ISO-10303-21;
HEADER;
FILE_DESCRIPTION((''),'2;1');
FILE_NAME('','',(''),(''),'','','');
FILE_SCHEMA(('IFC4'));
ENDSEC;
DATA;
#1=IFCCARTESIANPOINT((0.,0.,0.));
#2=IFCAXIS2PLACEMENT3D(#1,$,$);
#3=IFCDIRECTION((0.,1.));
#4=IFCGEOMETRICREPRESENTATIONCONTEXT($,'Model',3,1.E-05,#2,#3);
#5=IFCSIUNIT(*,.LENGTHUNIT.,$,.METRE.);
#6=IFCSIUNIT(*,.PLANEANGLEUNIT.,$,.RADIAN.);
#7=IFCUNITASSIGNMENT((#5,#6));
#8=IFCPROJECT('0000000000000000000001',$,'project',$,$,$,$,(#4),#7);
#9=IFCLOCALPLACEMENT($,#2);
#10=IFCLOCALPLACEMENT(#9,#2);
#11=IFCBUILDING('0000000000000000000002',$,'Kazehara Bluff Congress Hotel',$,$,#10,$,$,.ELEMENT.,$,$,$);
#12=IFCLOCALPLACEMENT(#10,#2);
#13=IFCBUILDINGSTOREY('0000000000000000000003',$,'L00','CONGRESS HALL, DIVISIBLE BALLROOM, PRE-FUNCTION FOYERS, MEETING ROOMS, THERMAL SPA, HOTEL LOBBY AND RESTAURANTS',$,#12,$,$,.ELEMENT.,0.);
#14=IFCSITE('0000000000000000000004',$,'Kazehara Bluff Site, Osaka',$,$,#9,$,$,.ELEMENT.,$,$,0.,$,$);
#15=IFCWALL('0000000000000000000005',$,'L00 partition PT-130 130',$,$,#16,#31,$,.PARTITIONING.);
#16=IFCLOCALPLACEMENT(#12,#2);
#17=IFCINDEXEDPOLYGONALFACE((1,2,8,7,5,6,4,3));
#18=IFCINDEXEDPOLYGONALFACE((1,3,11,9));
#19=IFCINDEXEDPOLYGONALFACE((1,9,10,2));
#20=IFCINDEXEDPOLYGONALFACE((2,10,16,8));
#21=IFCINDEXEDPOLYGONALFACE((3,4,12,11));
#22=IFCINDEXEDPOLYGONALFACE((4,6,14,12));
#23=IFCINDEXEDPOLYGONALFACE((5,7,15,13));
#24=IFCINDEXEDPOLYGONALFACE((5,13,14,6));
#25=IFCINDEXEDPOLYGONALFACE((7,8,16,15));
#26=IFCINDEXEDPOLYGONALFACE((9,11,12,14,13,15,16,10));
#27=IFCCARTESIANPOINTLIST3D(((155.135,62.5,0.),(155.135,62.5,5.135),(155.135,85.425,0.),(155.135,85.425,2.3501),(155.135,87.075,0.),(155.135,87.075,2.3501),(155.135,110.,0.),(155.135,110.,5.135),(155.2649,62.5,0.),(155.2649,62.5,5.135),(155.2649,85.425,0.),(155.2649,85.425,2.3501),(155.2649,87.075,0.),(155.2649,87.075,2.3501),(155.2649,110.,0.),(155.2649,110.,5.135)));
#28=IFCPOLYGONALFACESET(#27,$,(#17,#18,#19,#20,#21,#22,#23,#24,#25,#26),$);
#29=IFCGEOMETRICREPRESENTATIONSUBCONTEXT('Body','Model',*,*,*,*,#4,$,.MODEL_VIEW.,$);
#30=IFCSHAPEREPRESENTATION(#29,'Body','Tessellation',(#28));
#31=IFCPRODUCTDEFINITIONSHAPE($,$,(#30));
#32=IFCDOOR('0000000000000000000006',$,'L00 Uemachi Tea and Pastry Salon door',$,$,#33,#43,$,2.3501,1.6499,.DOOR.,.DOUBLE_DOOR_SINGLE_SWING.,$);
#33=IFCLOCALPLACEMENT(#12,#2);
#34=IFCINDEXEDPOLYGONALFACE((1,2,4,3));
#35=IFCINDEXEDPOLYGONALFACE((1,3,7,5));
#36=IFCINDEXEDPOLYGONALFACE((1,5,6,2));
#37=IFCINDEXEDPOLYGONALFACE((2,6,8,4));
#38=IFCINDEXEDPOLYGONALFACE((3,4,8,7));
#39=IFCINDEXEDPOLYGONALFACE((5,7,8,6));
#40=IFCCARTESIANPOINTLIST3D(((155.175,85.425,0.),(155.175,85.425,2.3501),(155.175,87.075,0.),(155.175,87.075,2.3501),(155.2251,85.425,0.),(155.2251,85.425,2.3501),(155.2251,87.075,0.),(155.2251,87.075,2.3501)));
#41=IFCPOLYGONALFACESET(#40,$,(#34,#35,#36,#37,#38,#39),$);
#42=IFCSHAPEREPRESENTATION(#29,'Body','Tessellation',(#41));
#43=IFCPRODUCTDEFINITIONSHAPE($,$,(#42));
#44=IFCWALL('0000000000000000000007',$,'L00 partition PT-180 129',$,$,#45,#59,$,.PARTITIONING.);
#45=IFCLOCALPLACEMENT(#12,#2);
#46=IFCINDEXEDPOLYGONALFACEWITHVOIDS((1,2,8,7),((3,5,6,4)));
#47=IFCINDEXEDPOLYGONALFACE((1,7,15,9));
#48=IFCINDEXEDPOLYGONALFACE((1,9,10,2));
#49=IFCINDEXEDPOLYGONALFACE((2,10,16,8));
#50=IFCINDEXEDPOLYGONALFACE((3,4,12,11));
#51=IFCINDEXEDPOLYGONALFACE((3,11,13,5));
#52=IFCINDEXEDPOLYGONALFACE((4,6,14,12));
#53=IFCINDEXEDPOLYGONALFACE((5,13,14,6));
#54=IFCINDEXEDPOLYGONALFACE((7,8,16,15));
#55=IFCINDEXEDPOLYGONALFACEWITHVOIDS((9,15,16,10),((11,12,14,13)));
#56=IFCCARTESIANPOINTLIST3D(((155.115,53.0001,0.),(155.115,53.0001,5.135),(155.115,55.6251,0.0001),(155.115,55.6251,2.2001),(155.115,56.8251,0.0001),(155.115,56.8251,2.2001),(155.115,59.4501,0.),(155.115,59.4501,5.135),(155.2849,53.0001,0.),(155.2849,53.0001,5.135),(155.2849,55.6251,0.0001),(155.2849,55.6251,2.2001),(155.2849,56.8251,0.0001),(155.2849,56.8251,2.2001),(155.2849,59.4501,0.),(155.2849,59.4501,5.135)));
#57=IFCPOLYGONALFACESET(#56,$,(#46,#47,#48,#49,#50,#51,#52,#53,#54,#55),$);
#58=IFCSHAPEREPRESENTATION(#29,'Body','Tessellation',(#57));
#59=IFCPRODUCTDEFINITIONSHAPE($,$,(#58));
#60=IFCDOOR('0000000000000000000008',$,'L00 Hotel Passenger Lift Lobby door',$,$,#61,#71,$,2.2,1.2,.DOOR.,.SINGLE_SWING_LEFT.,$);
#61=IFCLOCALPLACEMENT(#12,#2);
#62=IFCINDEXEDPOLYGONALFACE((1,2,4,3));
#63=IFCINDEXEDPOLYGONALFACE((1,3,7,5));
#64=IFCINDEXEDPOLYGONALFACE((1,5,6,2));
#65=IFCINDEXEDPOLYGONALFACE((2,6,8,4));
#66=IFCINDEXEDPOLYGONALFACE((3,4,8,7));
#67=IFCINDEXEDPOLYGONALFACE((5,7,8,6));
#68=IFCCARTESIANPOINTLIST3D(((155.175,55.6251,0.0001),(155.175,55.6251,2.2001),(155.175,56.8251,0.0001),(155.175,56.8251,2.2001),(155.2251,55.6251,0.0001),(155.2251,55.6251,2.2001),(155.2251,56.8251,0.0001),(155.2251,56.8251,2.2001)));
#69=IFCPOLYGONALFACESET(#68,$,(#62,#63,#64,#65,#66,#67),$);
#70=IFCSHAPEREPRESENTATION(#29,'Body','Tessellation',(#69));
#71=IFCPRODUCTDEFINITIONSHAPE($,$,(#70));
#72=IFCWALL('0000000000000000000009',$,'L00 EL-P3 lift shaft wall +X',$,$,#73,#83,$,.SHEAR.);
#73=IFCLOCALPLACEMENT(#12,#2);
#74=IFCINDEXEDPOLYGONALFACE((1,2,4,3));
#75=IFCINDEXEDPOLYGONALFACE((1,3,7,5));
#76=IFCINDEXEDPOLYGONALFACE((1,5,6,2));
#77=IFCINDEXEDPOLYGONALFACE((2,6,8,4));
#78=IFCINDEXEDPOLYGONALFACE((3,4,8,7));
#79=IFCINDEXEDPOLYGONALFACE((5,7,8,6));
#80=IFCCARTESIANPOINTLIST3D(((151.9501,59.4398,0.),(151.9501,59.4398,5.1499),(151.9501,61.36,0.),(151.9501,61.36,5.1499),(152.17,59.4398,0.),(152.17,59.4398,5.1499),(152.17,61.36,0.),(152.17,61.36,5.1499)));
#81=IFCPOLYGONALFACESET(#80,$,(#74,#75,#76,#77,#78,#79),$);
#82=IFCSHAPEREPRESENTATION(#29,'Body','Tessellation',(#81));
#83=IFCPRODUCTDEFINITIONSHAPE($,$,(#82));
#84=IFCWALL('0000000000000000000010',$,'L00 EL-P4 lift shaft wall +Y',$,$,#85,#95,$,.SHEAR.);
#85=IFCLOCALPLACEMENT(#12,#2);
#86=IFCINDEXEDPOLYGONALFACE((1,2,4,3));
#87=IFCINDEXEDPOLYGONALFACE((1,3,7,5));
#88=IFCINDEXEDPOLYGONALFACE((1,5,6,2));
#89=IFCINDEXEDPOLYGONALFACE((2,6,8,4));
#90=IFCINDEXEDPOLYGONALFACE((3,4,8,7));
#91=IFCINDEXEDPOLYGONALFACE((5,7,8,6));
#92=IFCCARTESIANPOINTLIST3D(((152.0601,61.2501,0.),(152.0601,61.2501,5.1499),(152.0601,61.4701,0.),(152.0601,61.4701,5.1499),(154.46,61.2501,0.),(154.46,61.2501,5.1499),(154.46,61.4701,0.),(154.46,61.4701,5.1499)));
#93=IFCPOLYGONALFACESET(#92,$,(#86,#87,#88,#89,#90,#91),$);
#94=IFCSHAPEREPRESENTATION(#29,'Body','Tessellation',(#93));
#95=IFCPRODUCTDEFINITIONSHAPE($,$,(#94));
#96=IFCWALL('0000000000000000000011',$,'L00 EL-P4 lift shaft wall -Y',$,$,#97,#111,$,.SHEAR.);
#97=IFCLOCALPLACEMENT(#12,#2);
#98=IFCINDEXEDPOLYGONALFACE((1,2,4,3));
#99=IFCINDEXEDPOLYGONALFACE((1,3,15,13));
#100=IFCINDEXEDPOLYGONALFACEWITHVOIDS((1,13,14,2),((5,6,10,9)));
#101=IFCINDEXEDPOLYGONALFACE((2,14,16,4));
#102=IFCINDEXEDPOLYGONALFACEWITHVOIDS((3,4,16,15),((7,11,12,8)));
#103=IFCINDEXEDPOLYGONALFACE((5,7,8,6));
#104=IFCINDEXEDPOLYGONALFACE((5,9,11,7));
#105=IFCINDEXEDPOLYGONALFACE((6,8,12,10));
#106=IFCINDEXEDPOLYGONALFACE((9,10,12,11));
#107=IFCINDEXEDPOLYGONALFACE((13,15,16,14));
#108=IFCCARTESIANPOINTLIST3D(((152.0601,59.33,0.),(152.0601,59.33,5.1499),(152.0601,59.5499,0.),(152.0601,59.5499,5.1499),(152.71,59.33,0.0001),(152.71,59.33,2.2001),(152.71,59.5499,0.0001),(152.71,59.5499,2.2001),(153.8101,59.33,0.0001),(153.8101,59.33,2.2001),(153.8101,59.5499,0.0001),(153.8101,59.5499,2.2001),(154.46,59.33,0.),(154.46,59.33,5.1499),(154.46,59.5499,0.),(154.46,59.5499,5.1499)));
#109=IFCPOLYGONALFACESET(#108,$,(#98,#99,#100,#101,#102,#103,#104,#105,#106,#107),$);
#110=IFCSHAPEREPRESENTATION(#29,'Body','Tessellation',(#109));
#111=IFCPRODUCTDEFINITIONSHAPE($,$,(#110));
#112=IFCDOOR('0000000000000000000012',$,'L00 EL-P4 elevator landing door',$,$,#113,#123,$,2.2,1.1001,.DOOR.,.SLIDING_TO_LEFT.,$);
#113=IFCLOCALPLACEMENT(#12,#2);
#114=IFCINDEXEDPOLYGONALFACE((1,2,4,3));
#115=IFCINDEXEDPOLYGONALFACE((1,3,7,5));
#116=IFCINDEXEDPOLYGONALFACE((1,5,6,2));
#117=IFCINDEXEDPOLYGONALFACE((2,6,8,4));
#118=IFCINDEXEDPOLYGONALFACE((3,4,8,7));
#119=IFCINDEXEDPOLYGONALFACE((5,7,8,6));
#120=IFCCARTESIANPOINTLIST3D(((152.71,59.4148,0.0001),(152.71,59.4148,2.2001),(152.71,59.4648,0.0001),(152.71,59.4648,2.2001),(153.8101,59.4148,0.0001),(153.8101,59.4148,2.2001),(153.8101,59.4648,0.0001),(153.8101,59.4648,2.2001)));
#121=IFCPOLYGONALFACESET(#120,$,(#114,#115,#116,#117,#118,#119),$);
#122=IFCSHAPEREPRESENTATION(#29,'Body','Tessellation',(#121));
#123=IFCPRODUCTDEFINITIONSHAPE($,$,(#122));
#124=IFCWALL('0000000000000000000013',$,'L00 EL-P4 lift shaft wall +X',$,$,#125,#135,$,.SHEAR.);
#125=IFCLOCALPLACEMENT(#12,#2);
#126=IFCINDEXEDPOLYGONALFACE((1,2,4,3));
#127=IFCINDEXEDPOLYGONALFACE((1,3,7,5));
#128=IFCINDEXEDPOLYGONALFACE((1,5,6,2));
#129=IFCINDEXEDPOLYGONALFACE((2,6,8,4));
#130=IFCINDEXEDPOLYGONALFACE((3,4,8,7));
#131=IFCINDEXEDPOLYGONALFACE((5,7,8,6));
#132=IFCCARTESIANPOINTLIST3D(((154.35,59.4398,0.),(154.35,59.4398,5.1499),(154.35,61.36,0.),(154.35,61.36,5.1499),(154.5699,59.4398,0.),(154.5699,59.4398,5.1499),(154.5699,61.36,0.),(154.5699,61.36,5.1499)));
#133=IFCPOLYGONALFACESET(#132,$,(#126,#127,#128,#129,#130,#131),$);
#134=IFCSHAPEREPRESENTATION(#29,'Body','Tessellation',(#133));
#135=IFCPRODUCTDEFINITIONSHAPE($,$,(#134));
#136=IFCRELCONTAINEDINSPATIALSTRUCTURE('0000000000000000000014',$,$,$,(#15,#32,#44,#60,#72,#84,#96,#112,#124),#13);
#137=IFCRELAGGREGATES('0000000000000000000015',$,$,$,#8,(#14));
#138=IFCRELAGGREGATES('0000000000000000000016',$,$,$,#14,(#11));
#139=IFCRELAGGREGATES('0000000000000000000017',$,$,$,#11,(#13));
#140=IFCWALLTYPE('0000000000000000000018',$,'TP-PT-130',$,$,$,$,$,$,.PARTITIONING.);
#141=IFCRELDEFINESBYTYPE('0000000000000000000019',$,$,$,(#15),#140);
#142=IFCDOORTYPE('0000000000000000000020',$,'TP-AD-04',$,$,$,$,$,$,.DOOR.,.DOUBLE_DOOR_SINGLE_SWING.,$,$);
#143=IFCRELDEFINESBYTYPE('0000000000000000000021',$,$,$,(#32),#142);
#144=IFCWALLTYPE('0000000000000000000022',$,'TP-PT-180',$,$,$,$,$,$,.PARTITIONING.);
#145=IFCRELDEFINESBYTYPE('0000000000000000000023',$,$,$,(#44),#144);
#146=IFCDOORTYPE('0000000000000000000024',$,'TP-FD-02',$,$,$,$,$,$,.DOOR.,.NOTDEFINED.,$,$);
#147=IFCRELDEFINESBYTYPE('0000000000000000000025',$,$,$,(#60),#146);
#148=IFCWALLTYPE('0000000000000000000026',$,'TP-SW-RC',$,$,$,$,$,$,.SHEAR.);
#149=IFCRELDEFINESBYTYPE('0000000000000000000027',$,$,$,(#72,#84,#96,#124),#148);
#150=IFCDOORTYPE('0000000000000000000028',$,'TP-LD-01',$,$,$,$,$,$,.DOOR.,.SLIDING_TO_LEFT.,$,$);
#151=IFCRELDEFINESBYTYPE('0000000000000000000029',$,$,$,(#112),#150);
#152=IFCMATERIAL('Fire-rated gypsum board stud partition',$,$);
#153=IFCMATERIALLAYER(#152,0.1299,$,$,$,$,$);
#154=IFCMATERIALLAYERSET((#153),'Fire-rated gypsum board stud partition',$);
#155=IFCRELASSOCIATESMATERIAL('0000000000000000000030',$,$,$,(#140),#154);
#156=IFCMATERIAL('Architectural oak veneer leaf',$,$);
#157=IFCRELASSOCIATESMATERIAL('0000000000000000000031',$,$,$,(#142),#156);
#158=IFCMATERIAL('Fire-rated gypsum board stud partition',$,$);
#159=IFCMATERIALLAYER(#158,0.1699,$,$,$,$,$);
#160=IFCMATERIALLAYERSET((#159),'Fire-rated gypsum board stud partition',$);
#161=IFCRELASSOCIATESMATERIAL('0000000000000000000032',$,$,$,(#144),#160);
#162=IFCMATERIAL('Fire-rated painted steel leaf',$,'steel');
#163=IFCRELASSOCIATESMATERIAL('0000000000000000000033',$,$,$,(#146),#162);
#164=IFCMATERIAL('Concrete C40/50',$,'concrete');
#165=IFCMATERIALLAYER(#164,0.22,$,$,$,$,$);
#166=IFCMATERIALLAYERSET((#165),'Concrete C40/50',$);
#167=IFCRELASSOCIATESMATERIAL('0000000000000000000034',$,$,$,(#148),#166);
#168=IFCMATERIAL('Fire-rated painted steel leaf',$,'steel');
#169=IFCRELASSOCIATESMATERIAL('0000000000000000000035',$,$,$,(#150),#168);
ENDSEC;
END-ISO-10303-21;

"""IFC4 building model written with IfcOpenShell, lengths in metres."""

from ifc_helpers import new_model, si_unit, direction, frame, frame_2d, origin, place, context, subcontext, project, spatial, rectangle, extrude, material, layer, layer_set, type_object, element, fill, save


model = new_model("IFC4")

# Units and contexts
model_context = context("Model", 3, precision=1e-05, world=origin(), true_north=direction((0.0, 1.0)))
body_context = subcontext(model_context, "Body", "Model", "MODEL_VIEW")
ifc_project = project(units=[si_unit("LENGTHUNIT", "METRE"), si_unit("PLANEANGLEUNIT", "RADIAN")], contexts=[model_context])

# Site, building, storey
site_placement = place(None, origin())
site = spatial("IfcSite", under=ifc_project, at=site_placement, Name="Kazehara Bluff Site, Osaka", CompositionType="ELEMENT", RefElevation=0.0)
building_placement = place(site_placement, origin())
building = spatial("IfcBuilding", under=site, at=building_placement, Name="Kazehara Bluff Congress Hotel", CompositionType="ELEMENT")
storey_placement = place(building_placement, origin())
storey = spatial("IfcBuildingStorey", under=building, at=storey_placement, Name="L00", Description="CONGRESS HALL, DIVISIBLE BALLROOM, PRE-FUNCTION FOYERS, MEETING ROOMS, THERMAL SPA, HOTEL LOBBY AND RESTAURANTS", CompositionType="ELEMENT", Elevation=0.0)

# Walls, openings, doors
ifc_material_1 = material(Name="Fire-rated gypsum board stud partition")
ifc_layer_1 = layer(ifc_material_1, 0.1299)
ifc_layer_set_1 = layer_set([ifc_layer_1], Name="Fire-rated gypsum board stud partition")
wall_type_1 = type_object("IfcWallType", Name="TP-PT-130", PredefinedType="PARTITIONING", material=ifc_layer_set_1)
wall_1_placement = place(storey_placement, frame((155.2, 62.5, 0.0), z_axis=(0.0, 0.0, 1.0), x_axis=(0.0, 1.0, 0.0)))
wall_1 = element("IfcWall", 1, at=wall_1_placement, inside=storey, type_object=wall_type_1, Name="L00 partition PT-130 130", PredefinedType="PARTITIONING", context=body_context, shape_type="SweptSolid", body=[
    extrude(rectangle(XDim=47.5, YDim=0.1299, at=frame_2d((23.75, 0.0))), origin(), (0.0, 0.0, 1.0), 5.135),
])
opening_1_placement = place(wall_1_placement, frame((22.925, 0.0, 0.0)))
opening_1 = element("IfcOpeningElement", 2, at=opening_1_placement, cuts=wall_1, PredefinedType="OPENING", context=body_context, shape_type="SweptSolid", body=[
    extrude(rectangle(XDim=1.6499, YDim=2.3501, at=frame_2d((0.825, 1.175))), frame((0.0, 0.075, 0.0), z_axis=(0.0, -1.0, 0.0), x_axis=(1.0, 0.0, 0.0)), (0.0, 0.0, 1.0), 0.1499),
])
ifc_material_2 = material(Name="Architectural oak veneer leaf")
door_type_1 = type_object("IfcDoorType", Name="TP-AD-04", OperationType="DOUBLE_DOOR_SINGLE_SWING", PredefinedType="DOOR", material=ifc_material_2)
door_1_placement = place(opening_1_placement, origin())
door_1 = element("IfcDoor", 3, at=door_1_placement, inside=storey, type_object=door_type_1, Name="L00 Uemachi Tea and Pastry Salon door", OperationType="DOUBLE_DOOR_SINGLE_SWING", OverallHeight=2.3501, OverallWidth=1.6499, PredefinedType="DOOR", context=body_context, shape_type="SweptSolid", body=[
    extrude(rectangle(XDim=1.6499, YDim=2.3501, at=frame_2d((0.825, 1.175))), frame((0.0, 0.0249, 0.0), z_axis=(0.0, -1.0, 0.0), x_axis=(1.0, 0.0, 0.0)), (0.0, 0.0, 1.0), 0.05),
])
fill(opening_1, door_1)
ifc_material_3 = material(Name="Fire-rated gypsum board stud partition")
ifc_layer_2 = layer(ifc_material_3, 0.1699)
ifc_layer_set_2 = layer_set([ifc_layer_2], Name="Fire-rated gypsum board stud partition")
wall_type_2 = type_object("IfcWallType", Name="TP-PT-180", PredefinedType="PARTITIONING", material=ifc_layer_set_2)
wall_2_placement = place(storey_placement, frame((155.2, 53.0, 0.0), z_axis=(0.0, 0.0, 1.0), x_axis=(0.0, 1.0, 0.0)))
wall_2 = element("IfcWall", 4, at=wall_2_placement, inside=storey, type_object=wall_type_2, Name="L00 partition PT-180 129", PredefinedType="PARTITIONING", context=body_context, shape_type="SweptSolid", body=[
    extrude(rectangle(XDim=6.45, YDim=0.1699, at=frame_2d((3.2251, 0.0))), origin(), (0.0, 0.0, 1.0), 5.135),
])
opening_2_placement = place(wall_2_placement, frame((2.625, 0.0, 0.0)))
opening_2 = element("IfcOpeningElement", 5, at=opening_2_placement, cuts=wall_2, PredefinedType="OPENING", context=body_context, shape_type="SweptSolid", body=[
    extrude(rectangle(XDim=1.2, YDim=2.2, at=frame_2d((0.6001, 1.1001))), frame((0.0, 0.095, 0.0), z_axis=(0.0, -1.0, 0.0), x_axis=(1.0, 0.0, 0.0)), (0.0, 0.0, 1.0), 0.1899),
])
ifc_material_4 = material(Name="Fire-rated painted steel leaf", Category="steel")
door_type_2 = type_object("IfcDoorType", Name="TP-FD-02", OperationType="NOTDEFINED", PredefinedType="DOOR", material=ifc_material_4)
door_2_placement = place(opening_2_placement, origin())
door_2 = element("IfcDoor", 6, at=door_2_placement, inside=storey, type_object=door_type_2, Name="L00 Hotel Passenger Lift Lobby door", OperationType="SINGLE_SWING_LEFT", OverallHeight=2.2, OverallWidth=1.2, PredefinedType="DOOR", context=body_context, shape_type="SweptSolid", body=[
    extrude(rectangle(XDim=1.2, YDim=2.2, at=frame_2d((0.6001, 1.1001))), frame((0.0, 0.0249, 0.0), z_axis=(0.0, -1.0, 0.0), x_axis=(1.0, 0.0, 0.0)), (0.0, 0.0, 1.0), 0.05),
])
fill(opening_2, door_2)

# Walls
ifc_material_5 = material(Name="Concrete C40/50", Category="concrete")
ifc_layer_3 = layer(ifc_material_5, 0.22)
ifc_layer_set_3 = layer_set([ifc_layer_3], Name="Concrete C40/50")
wall_type_3 = type_object("IfcWallType", Name="TP-SW-RC", PredefinedType="SHEAR", material=ifc_layer_set_3)
wall_3_placement = place(storey_placement, frame((152.0601, 59.4399, 0.0), z_axis=(0.0, 0.0, 1.0), x_axis=(0.0, 1.0, 0.0)))
element("IfcWall", 7, at=wall_3_placement, inside=storey, type_object=wall_type_3, Name="L00 EL-P3 lift shaft wall +X", PredefinedType="SHEAR", context=body_context, shape_type="SweptSolid", body=[
    extrude(rectangle(XDim=1.9202, YDim=0.22, at=frame_2d((0.96, 0.0))), origin(), (0.0, 0.0, 1.0), 5.1499),
])
wall_4_placement = place(storey_placement, frame((152.0601, 61.3601, 0.0), z_axis=(0.0, 0.0, 1.0), x_axis=(1.0, 0.0, 0.0)))
element("IfcWall", 8, at=wall_4_placement, inside=storey, type_object=wall_type_3, Name="L00 EL-P4 lift shaft wall +Y", PredefinedType="SHEAR", context=body_context, shape_type="SweptSolid", body=[
    extrude(rectangle(XDim=2.3999, YDim=0.22, at=frame_2d((1.2, 0.0))), origin(), (0.0, 0.0, 1.0), 5.1499),
])

# Wall, opening, door
wall_5_placement = place(storey_placement, frame((152.0601, 59.4399, 0.0), z_axis=(0.0, 0.0, 1.0), x_axis=(1.0, 0.0, 0.0)))
wall_5 = element("IfcWall", 9, at=wall_5_placement, inside=storey, type_object=wall_type_3, Name="L00 EL-P4 lift shaft wall -Y", PredefinedType="SHEAR", context=body_context, shape_type="SweptSolid", body=[
    extrude(rectangle(XDim=2.3999, YDim=0.22, at=frame_2d((1.2, 0.0))), origin(), (0.0, 0.0, 1.0), 5.1499),
])
opening_3_placement = place(wall_5_placement, frame((0.6499, 0.0, 0.0)))
opening_3 = element("IfcOpeningElement", 10, at=opening_3_placement, cuts=wall_5, PredefinedType="OPENING", context=body_context, shape_type="SweptSolid", body=[
    extrude(rectangle(XDim=1.1001, YDim=2.2, at=frame_2d((0.55, 1.1001))), frame((0.0, 0.1199, 0.0), z_axis=(0.0, -1.0, 0.0), x_axis=(1.0, 0.0, 0.0)), (0.0, 0.0, 1.0), 0.24),
])
ifc_material_6 = material(Name="Fire-rated painted steel leaf", Category="steel")
door_type_3 = type_object("IfcDoorType", Name="TP-LD-01", OperationType="SLIDING_TO_LEFT", PredefinedType="DOOR", material=ifc_material_6)
door_3_placement = place(opening_3_placement, origin())
door_3 = element("IfcDoor", 11, at=door_3_placement, inside=storey, type_object=door_type_3, Name="L00 EL-P4 elevator landing door", OperationType="SLIDING_TO_LEFT", OverallHeight=2.2, OverallWidth=1.1001, PredefinedType="DOOR", context=body_context, shape_type="SweptSolid", body=[
    extrude(rectangle(XDim=1.1001, YDim=2.2, at=frame_2d((0.55, 1.1001))), frame((0.0, 0.0249, 0.0), z_axis=(0.0, -1.0, 0.0), x_axis=(1.0, 0.0, 0.0)), (0.0, 0.0, 1.0), 0.05),
])
fill(opening_3, door_3)

# Wall
wall_6_placement = place(storey_placement, frame((154.46, 59.4399, 0.0), z_axis=(0.0, 0.0, 1.0), x_axis=(0.0, 1.0, 0.0)))
element("IfcWall", 12, at=wall_6_placement, inside=storey, type_object=wall_type_3, Name="L00 EL-P4 lift shaft wall +X", PredefinedType="SHEAR", context=body_context, shape_type="SweptSolid", body=[
    extrude(rectangle(XDim=1.9202, YDim=0.22, at=frame_2d((0.96, 0.0))), origin(), (0.0, 0.0, 1.0), 5.1499),
])

save(model, "model.ifc")
